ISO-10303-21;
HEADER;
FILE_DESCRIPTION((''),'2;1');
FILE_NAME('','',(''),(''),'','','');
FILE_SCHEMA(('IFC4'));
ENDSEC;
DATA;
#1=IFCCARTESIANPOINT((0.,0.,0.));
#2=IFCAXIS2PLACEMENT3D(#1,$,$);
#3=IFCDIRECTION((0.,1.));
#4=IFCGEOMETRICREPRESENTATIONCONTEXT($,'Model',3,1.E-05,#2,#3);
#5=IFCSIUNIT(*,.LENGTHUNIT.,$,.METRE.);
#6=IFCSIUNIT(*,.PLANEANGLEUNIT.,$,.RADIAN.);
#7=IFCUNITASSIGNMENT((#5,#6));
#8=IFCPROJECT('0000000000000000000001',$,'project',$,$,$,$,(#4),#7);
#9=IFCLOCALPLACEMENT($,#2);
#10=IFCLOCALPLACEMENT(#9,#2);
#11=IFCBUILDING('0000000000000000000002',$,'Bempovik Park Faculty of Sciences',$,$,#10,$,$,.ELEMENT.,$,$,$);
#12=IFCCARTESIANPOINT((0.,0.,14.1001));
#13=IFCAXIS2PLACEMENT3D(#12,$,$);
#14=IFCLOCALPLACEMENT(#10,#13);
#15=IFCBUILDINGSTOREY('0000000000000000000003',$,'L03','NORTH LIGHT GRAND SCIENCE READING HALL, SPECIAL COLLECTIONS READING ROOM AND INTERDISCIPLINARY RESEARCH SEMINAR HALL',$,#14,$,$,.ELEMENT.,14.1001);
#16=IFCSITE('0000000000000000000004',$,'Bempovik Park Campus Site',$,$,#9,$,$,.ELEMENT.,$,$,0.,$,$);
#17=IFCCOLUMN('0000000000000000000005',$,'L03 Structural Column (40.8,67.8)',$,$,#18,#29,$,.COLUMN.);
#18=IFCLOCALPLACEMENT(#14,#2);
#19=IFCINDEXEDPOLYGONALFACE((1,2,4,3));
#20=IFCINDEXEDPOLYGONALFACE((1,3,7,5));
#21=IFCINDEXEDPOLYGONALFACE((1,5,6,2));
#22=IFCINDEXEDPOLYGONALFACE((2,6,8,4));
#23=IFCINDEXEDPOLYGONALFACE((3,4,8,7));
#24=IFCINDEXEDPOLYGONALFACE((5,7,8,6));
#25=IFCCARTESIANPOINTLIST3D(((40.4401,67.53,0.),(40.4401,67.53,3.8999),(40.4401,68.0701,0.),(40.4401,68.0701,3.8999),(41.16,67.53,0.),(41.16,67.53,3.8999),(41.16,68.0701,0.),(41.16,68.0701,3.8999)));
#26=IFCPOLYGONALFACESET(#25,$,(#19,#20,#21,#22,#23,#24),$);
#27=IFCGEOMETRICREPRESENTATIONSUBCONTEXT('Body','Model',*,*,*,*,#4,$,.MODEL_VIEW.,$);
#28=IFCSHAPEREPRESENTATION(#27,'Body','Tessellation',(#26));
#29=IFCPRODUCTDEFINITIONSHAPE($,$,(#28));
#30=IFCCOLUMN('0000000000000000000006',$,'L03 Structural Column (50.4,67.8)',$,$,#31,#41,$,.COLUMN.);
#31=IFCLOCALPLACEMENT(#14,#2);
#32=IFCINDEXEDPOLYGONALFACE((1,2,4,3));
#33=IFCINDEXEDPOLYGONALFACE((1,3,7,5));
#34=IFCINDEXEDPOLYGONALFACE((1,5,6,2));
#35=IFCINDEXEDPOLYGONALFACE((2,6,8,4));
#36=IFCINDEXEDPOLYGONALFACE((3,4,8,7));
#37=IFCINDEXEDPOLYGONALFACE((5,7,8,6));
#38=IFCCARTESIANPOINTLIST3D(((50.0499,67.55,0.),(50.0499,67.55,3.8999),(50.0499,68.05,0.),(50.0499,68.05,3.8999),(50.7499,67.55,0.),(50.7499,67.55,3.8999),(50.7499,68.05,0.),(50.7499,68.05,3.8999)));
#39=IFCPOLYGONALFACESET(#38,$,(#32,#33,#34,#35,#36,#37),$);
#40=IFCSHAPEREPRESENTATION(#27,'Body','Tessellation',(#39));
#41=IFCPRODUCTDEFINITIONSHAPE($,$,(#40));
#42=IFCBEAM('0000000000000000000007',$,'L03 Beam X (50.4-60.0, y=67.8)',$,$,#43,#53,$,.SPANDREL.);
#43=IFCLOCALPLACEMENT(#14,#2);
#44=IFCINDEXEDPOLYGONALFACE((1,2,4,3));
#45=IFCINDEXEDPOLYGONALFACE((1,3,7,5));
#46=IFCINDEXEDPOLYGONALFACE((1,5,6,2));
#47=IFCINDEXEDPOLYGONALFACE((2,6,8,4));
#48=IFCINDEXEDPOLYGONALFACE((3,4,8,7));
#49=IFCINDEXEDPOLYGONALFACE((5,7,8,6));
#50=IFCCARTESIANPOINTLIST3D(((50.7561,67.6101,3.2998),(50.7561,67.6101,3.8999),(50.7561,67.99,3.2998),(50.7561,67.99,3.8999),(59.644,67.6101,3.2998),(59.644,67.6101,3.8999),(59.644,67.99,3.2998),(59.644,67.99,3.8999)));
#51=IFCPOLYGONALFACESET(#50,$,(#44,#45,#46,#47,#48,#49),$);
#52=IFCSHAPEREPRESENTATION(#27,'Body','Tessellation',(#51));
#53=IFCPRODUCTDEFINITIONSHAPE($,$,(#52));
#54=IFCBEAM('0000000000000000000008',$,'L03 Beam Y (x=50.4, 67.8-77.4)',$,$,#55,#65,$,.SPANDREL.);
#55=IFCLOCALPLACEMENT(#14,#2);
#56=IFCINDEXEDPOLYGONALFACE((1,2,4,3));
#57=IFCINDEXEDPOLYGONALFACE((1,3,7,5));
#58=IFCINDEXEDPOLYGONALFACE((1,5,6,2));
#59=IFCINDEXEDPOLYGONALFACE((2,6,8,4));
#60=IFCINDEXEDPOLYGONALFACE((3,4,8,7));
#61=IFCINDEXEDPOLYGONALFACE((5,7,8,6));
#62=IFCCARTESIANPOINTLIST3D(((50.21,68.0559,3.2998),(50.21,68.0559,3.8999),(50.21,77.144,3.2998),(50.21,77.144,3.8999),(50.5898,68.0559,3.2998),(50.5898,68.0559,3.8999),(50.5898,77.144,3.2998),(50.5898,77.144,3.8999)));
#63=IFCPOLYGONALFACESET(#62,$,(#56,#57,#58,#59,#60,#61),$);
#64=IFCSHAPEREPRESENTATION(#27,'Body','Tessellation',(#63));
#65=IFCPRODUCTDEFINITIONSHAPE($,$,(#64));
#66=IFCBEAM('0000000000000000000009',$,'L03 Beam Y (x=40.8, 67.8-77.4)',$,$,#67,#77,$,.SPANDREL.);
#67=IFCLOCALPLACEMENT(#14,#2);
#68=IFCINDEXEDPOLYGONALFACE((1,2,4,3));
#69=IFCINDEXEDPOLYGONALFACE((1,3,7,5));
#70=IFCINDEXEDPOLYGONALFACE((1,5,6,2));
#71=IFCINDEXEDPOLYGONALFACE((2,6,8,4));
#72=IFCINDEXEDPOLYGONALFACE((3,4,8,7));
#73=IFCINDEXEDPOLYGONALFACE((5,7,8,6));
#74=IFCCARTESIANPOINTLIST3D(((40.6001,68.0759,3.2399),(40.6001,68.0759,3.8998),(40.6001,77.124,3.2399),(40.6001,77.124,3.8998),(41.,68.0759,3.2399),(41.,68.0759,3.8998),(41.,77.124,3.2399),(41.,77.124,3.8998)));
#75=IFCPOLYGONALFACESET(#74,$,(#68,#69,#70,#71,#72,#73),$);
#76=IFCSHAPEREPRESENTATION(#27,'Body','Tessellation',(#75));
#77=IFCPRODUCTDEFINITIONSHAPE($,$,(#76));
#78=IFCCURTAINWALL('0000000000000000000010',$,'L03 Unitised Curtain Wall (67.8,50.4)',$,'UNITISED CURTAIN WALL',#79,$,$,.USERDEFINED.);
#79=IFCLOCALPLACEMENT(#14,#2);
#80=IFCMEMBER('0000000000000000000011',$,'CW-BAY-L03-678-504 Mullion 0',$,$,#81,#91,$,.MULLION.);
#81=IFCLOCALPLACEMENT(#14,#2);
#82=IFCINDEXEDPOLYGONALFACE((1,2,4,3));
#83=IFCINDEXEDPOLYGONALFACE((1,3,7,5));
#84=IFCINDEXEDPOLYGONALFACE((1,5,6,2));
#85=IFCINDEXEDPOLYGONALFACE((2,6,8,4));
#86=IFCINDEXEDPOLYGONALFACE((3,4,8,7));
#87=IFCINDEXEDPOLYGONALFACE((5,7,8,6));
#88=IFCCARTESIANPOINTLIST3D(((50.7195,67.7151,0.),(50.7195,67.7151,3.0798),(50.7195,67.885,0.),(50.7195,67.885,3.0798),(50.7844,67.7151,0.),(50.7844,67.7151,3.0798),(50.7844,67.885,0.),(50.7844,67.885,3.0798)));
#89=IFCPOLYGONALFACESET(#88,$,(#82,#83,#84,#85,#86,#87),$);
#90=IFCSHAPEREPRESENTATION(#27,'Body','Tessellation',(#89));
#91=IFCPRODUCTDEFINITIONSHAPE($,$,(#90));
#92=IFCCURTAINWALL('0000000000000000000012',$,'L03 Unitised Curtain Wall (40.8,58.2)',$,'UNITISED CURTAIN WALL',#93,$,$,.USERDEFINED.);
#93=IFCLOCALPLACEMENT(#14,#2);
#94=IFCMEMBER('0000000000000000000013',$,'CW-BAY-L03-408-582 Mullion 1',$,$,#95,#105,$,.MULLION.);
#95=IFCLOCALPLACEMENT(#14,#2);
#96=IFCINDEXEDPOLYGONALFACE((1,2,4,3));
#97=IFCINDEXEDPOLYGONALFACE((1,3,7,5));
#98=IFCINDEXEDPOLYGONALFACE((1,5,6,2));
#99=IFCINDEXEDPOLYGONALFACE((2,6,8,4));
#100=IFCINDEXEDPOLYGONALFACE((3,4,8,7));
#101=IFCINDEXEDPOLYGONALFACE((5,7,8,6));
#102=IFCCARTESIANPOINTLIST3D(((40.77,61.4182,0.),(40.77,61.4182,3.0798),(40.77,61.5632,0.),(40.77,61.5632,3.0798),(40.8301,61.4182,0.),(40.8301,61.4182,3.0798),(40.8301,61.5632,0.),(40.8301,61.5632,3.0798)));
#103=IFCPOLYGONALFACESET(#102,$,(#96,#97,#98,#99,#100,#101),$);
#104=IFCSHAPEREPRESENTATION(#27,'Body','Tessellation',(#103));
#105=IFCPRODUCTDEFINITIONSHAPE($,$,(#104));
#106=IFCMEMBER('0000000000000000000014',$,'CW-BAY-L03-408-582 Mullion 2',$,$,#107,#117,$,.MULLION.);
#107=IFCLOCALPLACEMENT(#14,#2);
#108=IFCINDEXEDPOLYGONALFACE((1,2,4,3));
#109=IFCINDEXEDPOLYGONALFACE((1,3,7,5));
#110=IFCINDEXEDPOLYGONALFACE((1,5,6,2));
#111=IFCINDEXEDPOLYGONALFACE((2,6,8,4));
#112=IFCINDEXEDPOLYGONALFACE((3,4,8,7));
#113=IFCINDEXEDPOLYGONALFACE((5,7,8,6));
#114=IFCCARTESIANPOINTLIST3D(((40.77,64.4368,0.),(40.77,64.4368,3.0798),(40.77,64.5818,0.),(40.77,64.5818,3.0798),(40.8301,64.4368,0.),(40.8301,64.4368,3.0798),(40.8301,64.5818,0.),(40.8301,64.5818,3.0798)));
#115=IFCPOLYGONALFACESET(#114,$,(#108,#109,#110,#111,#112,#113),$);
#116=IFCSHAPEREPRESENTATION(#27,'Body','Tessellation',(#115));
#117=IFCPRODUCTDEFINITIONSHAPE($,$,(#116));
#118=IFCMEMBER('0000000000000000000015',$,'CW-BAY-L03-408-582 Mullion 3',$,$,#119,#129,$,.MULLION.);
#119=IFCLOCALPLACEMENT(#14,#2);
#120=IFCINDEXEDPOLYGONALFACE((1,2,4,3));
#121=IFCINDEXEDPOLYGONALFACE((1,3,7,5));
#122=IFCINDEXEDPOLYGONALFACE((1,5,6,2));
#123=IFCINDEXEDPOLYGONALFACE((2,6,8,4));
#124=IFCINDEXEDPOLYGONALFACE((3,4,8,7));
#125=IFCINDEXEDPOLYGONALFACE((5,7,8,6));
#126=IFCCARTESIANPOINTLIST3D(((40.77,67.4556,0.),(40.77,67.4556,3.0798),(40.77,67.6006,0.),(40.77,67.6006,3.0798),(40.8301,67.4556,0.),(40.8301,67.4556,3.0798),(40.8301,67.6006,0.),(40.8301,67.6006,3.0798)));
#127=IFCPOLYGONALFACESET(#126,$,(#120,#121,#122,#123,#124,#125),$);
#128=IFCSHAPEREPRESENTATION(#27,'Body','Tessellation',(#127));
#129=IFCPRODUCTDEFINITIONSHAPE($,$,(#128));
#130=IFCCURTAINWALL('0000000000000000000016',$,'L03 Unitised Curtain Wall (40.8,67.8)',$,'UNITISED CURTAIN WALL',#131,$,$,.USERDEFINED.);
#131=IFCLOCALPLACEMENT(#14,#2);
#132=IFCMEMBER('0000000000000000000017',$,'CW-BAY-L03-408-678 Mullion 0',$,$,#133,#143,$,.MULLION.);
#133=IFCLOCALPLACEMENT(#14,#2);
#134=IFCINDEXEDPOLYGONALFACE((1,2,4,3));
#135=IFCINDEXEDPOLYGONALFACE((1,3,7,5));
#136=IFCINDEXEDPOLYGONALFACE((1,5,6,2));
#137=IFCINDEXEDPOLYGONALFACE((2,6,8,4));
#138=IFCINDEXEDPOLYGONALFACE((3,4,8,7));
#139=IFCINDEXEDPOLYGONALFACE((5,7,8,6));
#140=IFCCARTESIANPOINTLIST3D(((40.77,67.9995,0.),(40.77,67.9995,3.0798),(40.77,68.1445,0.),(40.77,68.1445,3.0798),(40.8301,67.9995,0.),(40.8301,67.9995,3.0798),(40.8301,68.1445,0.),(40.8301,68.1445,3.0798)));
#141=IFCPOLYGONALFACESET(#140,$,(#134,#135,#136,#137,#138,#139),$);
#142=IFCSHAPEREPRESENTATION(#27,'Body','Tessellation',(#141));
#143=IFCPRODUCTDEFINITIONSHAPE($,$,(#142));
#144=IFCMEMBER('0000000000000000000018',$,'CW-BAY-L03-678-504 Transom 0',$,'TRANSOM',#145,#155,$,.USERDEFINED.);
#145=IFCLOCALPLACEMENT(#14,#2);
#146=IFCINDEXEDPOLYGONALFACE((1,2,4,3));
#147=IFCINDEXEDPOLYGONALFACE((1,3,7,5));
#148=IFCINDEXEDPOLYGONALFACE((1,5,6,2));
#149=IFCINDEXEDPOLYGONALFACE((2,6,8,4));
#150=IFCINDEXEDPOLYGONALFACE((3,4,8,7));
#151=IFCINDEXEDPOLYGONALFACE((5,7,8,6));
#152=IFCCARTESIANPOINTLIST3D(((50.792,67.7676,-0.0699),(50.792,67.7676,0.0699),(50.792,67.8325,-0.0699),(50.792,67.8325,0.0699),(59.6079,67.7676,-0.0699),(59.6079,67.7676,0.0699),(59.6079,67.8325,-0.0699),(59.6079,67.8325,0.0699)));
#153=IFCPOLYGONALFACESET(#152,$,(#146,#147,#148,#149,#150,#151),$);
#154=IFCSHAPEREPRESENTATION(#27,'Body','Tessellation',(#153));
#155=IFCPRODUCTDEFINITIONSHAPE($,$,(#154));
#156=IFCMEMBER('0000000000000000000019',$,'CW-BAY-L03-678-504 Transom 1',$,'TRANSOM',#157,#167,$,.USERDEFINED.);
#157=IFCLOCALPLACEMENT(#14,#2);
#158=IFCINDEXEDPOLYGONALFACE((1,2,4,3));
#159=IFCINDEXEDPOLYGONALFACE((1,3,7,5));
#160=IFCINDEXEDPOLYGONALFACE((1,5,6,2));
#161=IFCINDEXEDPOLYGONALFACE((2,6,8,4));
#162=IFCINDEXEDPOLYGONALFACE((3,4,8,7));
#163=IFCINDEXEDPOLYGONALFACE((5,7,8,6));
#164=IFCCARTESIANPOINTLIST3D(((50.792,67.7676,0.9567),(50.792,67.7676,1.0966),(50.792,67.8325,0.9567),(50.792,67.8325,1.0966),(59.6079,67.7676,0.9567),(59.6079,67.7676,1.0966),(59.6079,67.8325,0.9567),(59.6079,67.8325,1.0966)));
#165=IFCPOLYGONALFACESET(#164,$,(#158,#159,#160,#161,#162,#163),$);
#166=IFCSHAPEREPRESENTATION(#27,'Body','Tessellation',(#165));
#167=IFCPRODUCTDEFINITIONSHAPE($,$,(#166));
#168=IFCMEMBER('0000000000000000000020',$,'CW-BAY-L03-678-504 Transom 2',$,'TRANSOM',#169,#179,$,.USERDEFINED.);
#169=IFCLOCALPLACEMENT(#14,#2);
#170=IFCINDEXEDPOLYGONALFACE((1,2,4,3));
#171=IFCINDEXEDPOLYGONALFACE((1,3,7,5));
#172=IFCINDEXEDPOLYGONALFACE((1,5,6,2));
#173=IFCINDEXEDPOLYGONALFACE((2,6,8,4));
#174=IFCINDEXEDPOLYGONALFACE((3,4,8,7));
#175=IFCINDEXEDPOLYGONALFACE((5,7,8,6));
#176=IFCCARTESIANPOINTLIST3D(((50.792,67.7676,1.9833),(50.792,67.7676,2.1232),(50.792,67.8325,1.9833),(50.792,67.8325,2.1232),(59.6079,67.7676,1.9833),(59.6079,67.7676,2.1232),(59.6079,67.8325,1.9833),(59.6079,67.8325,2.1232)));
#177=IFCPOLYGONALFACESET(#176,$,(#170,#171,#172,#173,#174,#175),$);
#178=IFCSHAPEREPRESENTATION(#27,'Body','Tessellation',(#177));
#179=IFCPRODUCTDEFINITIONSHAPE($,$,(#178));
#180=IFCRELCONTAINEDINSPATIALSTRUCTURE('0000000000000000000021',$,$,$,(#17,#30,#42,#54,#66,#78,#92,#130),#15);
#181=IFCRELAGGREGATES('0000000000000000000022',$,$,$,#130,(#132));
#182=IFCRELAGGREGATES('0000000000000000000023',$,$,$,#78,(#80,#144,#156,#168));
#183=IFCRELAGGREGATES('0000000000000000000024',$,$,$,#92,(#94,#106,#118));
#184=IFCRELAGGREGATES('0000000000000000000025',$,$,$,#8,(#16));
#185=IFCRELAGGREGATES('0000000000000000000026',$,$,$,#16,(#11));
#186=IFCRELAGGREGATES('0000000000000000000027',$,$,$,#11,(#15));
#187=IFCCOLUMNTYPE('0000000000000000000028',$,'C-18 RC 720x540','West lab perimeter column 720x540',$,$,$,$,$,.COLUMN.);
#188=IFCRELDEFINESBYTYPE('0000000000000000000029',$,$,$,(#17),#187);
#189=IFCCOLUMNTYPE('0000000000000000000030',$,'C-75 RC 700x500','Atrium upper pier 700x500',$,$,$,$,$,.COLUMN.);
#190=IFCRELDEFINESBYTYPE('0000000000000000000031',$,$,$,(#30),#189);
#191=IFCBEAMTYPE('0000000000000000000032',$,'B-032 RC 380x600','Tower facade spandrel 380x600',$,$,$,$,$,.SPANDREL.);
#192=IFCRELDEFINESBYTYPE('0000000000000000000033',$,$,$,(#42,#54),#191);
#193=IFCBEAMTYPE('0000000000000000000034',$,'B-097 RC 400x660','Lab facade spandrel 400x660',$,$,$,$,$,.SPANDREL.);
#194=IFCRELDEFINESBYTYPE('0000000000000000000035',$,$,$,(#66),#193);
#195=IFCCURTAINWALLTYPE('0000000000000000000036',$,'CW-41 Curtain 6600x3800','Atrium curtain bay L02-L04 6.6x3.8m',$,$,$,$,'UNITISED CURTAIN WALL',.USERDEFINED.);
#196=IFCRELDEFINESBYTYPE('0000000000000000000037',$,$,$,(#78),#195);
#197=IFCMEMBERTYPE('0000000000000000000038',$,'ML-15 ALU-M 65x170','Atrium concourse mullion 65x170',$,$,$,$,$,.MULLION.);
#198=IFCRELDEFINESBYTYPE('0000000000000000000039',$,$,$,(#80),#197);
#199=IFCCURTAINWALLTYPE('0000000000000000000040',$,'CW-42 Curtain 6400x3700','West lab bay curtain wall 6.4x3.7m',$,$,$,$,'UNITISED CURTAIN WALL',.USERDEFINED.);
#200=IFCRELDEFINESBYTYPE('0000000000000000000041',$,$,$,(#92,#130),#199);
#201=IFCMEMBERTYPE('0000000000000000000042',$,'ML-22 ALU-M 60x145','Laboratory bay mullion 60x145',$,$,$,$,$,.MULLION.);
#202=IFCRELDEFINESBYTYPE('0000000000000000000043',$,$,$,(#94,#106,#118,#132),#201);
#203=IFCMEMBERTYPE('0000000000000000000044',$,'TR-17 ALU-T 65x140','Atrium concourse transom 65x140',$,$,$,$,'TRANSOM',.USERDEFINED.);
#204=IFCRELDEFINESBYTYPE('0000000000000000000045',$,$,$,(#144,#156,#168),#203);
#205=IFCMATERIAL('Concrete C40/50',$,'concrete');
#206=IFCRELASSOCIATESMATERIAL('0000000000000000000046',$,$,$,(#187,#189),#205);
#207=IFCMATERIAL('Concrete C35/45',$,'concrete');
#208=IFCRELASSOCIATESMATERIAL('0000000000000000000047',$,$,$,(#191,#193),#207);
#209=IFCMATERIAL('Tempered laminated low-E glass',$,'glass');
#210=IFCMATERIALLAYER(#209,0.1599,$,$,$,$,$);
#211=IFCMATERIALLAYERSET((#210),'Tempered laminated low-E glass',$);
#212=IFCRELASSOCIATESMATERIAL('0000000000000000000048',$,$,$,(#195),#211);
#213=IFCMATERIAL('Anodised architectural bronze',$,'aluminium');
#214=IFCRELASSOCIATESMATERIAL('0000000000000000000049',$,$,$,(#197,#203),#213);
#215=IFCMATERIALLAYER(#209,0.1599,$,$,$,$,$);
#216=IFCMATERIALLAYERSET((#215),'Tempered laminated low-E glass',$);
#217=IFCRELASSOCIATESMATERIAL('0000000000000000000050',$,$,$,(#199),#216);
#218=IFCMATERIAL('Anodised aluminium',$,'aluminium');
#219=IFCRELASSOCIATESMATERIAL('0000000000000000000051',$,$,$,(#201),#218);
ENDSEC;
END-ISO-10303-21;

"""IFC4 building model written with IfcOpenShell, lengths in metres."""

from ifc_helpers import new_model, si_unit, direction, frame, origin, origin_2d, place, context, subcontext, project, spatial, rectangle, extrude, material, layer, layer_set, material_profile, profile_set, type_object, element, aggregate, save


model = new_model("IFC4")

# Units and contexts
model_context = context("Model", 3, precision=1e-05, world=origin(), true_north=direction((0.0, 1.0)))
body_context = subcontext(model_context, "Body", "Model", "MODEL_VIEW")
ifc_project = project(units=[si_unit("LENGTHUNIT", "METRE"), si_unit("PLANEANGLEUNIT", "RADIAN")], contexts=[model_context])

# Site, building, storey
site_placement = place(None, origin())
site = spatial("IfcSite", under=ifc_project, at=site_placement, Name="Bempovik Park Campus Site", CompositionType="ELEMENT", RefElevation=0.0)
building_placement = place(site_placement, origin())
building = spatial("IfcBuilding", under=site, at=building_placement, Name="Bempovik Park Faculty of Sciences", CompositionType="ELEMENT")
storey_placement = place(building_placement, frame((0.0, 0.0, 14.1001)))
storey = spatial("IfcBuildingStorey", under=building, at=storey_placement, Name="L03", Description="NORTH LIGHT GRAND SCIENCE READING HALL, SPECIAL COLLECTIONS READING ROOM AND INTERDISCIPLINARY RESEARCH SEMINAR HALL", CompositionType="ELEMENT", Elevation=14.1001)

# Columns
ifc_material_1 = material(Name="Concrete C40/50", Category="concrete")
ifc_material_profile_1 = material_profile(ifc_material_1, rectangle(XDim=0.72, YDim=0.54, at=origin_2d()), Name="RC 720x540")
ifc_profile_set_1 = profile_set([ifc_material_profile_1], Name="Concrete C40/50")
column_type_1 = type_object("IfcColumnType", Name="C-18 RC 720x540", Description="West lab perimeter column 720x540", PredefinedType="COLUMN", material=ifc_profile_set_1)
column_1_placement = place(storey_placement, frame((40.8, 67.8, 0.0), z_axis=(0.0, 0.0, 1.0), x_axis=(1.0, 0.0, 0.0)))
element("IfcColumn", 1, at=column_1_placement, inside=storey, type_object=column_type_1, Name="L03 Structural Column (40.8,67.8)", PredefinedType="COLUMN", context=body_context, shape_type="SweptSolid", body=[
    extrude(rectangle(XDim=0.72, YDim=0.54, at=origin_2d()), origin(), (0.0, 0.0, 1.0), 3.8999),
])
ifc_material_profile_2 = material_profile(ifc_material_1, rectangle(XDim=0.7, YDim=0.5, at=origin_2d()), Name="RC 700x500")
ifc_profile_set_2 = profile_set([ifc_material_profile_2], Name="Concrete C40/50")
column_type_2 = type_object("IfcColumnType", Name="C-75 RC 700x500", Description="Atrium upper pier 700x500", PredefinedType="COLUMN", material=ifc_profile_set_2)
column_2_placement = place(storey_placement, frame((50.3999, 67.8, 0.0), z_axis=(0.0, 0.0, 1.0), x_axis=(1.0, 0.0, 0.0)))
element("IfcColumn", 2, at=column_2_placement, inside=storey, type_object=column_type_2, Name="L03 Structural Column (50.4,67.8)", PredefinedType="COLUMN", context=body_context, shape_type="SweptSolid", body=[
    extrude(rectangle(XDim=0.7, YDim=0.5, at=origin_2d()), origin(), (0.0, 0.0, 1.0), 3.8999),
])

# Beams
ifc_material_2 = material(Name="Concrete C35/45", Category="concrete")
ifc_material_profile_3 = material_profile(ifc_material_2, rectangle(XDim=0.3799, YDim=0.6001, at=origin_2d()), Name="RC 380x600")
ifc_profile_set_3 = profile_set([ifc_material_profile_3], Name="Concrete C35/45")
beam_type_1 = type_object("IfcBeamType", Name="B-032 RC 380x600", Description="Tower facade spandrel 380x600", PredefinedType="SPANDREL", material=ifc_profile_set_3)
beam_1_placement = place(storey_placement, frame((50.7561, 67.8, 3.5999), z_axis=(1.0, 0.0, 0.0), x_axis=(0.0, 1.0, 0.0)))
element("IfcBeam", 3, at=beam_1_placement, inside=storey, type_object=beam_type_1, Name="L03 Beam X (50.4-60.0, y=67.8)", PredefinedType="SPANDREL", context=body_context, shape_type="SweptSolid", body=[
    extrude(rectangle(XDim=0.3799, YDim=0.6001, at=origin_2d()), origin(), (0.0, 0.0, 1.0), 8.8879),
])
beam_2_placement = place(storey_placement, frame((50.3999, 68.0559, 3.5999), z_axis=(0.0, 1.0, 0.0), x_axis=(-1.0, 0.0, 0.0)))
element("IfcBeam", 4, at=beam_2_placement, inside=storey, type_object=beam_type_1, Name="L03 Beam Y (x=50.4, 67.8-77.4)", PredefinedType="SPANDREL", context=body_context, shape_type="SweptSolid", body=[
    extrude(rectangle(XDim=0.3799, YDim=0.6001, at=origin_2d()), origin(), (0.0, 0.0, 1.0), 9.0881),
])
ifc_material_profile_4 = material_profile(ifc_material_2, rectangle(XDim=0.3999, YDim=0.6599, at=origin_2d()), Name="RC 400x660")
ifc_profile_set_4 = profile_set([ifc_material_profile_4], Name="Concrete C35/45")
beam_type_2 = type_object("IfcBeamType", Name="B-097 RC 400x660", Description="Lab facade spandrel 400x660", PredefinedType="SPANDREL", material=ifc_profile_set_4)
beam_3_placement = place(storey_placement, frame((40.8, 68.0759, 3.5698), z_axis=(0.0, 1.0, 0.0), x_axis=(-1.0, 0.0, 0.0)))
element("IfcBeam", 5, at=beam_3_placement, inside=storey, type_object=beam_type_2, Name="L03 Beam Y (x=40.8, 67.8-77.4)", PredefinedType="SPANDREL", context=body_context, shape_type="SweptSolid", body=[
    extrude(rectangle(XDim=0.3999, YDim=0.6599, at=origin_2d()), origin(), (0.0, 0.0, 1.0), 9.0481),
])

# Curtain wall, member
ifc_material_3 = material(Name="Tempered laminated low-E glass", Category="glass")
ifc_layer_1 = layer(ifc_material_3, 0.1599)
ifc_layer_set_1 = layer_set([ifc_layer_1], Name="Tempered laminated low-E glass")
curtain_wall_type_1 = type_object("IfcCurtainWallType", Name="CW-41 Curtain 6600x3800", Description="Atrium curtain bay L02-L04 6.6x3.8m", ElementType="UNITISED CURTAIN WALL", PredefinedType="USERDEFINED", material=ifc_layer_set_1)
curtain_wall_1_placement = place(storey_placement, origin())
curtain_wall_1 = element("IfcCurtainWall", 6, at=curtain_wall_1_placement, inside=storey, type_object=curtain_wall_type_1, Name="L03 Unitised Curtain Wall (67.8,50.4)", ObjectType="UNITISED CURTAIN WALL", PredefinedType="USERDEFINED")
ifc_material_4 = material(Name="Anodised architectural bronze", Category="aluminium")
ifc_material_profile_5 = material_profile(ifc_material_4, rectangle(XDim=0.0649, YDim=0.1699, at=origin_2d()), Name="ALU-M 65x170")
ifc_profile_set_5 = profile_set([ifc_material_profile_5], Name="Anodised architectural bronze")
member_type_1 = type_object("IfcMemberType", Name="ML-15 ALU-M 65x170", Description="Atrium concourse mullion 65x170", PredefinedType="MULLION", material=ifc_profile_set_5)
member_1_placement = place(storey_placement, frame((50.752, 67.8, 0.0), z_axis=(0.0, 0.0, 1.0), x_axis=(1.0, 0.0, 0.0)))
member_1 = element("IfcMember", 7, at=member_1_placement, type_object=member_type_1, Name="CW-BAY-L03-678-504 Mullion 0", PredefinedType="MULLION", context=body_context, shape_type="SweptSolid", body=[
    extrude(rectangle(XDim=0.0649, YDim=0.1699, at=origin_2d()), origin(), (0.0, 0.0, 1.0), 3.0798),
])

# Curtain wall, members
ifc_layer_2 = layer(ifc_material_3, 0.1599)
ifc_layer_set_2 = layer_set([ifc_layer_2], Name="Tempered laminated low-E glass")
curtain_wall_type_2 = type_object("IfcCurtainWallType", Name="CW-42 Curtain 6400x3700", Description="West lab bay curtain wall 6.4x3.7m", ElementType="UNITISED CURTAIN WALL", PredefinedType="USERDEFINED", material=ifc_layer_set_2)
curtain_wall_2_placement = place(storey_placement, origin())
curtain_wall_2 = element("IfcCurtainWall", 8, at=curtain_wall_2_placement, inside=storey, type_object=curtain_wall_type_2, Name="L03 Unitised Curtain Wall (40.8,58.2)", ObjectType="UNITISED CURTAIN WALL", PredefinedType="USERDEFINED")
ifc_material_5 = material(Name="Anodised aluminium", Category="aluminium")
ifc_material_profile_6 = material_profile(ifc_material_5, rectangle(XDim=0.0601, YDim=0.145, at=origin_2d()), Name="ALU-M 60x145")
ifc_profile_set_6 = profile_set([ifc_material_profile_6], Name="Anodised aluminium")
member_type_2 = type_object("IfcMemberType", Name="ML-22 ALU-M 60x145", Description="Laboratory bay mullion 60x145", PredefinedType="MULLION", material=ifc_profile_set_6)
member_2_placement = place(storey_placement, frame((40.8, 61.4907, 0.0), z_axis=(0.0, 0.0, 1.0), x_axis=(1.0, 0.0, 0.0)))
member_2 = element("IfcMember", 9, at=member_2_placement, type_object=member_type_2, Name="CW-BAY-L03-408-582 Mullion 1", PredefinedType="MULLION", context=body_context, shape_type="SweptSolid", body=[
    extrude(rectangle(XDim=0.0601, YDim=0.145, at=origin_2d()), origin(), (0.0, 0.0, 1.0), 3.0798),
])
member_3_placement = place(storey_placement, frame((40.8, 64.5093, 0.0), z_axis=(0.0, 0.0, 1.0), x_axis=(1.0, 0.0, 0.0)))
member_3 = element("IfcMember", 10, at=member_3_placement, type_object=member_type_2, Name="CW-BAY-L03-408-582 Mullion 2", PredefinedType="MULLION", context=body_context, shape_type="SweptSolid", body=[
    extrude(rectangle(XDim=0.0601, YDim=0.145, at=origin_2d()), origin(), (0.0, 0.0, 1.0), 3.0798),
])
member_4_placement = place(storey_placement, frame((40.8, 67.5281, 0.0), z_axis=(0.0, 0.0, 1.0), x_axis=(1.0, 0.0, 0.0)))
member_4 = element("IfcMember", 11, at=member_4_placement, type_object=member_type_2, Name="CW-BAY-L03-408-582 Mullion 3", PredefinedType="MULLION", context=body_context, shape_type="SweptSolid", body=[
    extrude(rectangle(XDim=0.0601, YDim=0.145, at=origin_2d()), origin(), (0.0, 0.0, 1.0), 3.0798),
])

# Curtain wall, member
curtain_wall_3_placement = place(storey_placement, origin())
curtain_wall_3 = element("IfcCurtainWall", 12, at=curtain_wall_3_placement, inside=storey, type_object=curtain_wall_type_2, Name="L03 Unitised Curtain Wall (40.8,67.8)", ObjectType="UNITISED CURTAIN WALL", PredefinedType="USERDEFINED")
member_5_placement = place(storey_placement, frame((40.8, 68.072, 0.0), z_axis=(0.0, 0.0, 1.0), x_axis=(1.0, 0.0, 0.0)))
member_5 = element("IfcMember", 13, at=member_5_placement, type_object=member_type_2, Name="CW-BAY-L03-408-678 Mullion 0", PredefinedType="MULLION", context=body_context, shape_type="SweptSolid", body=[
    extrude(rectangle(XDim=0.0601, YDim=0.145, at=origin_2d()), origin(), (0.0, 0.0, 1.0), 3.0798),
])

# Members
ifc_material_profile_7 = material_profile(ifc_material_4, rectangle(XDim=0.0649, YDim=0.1399, at=origin_2d()), Name="ALU-T 65x140")
ifc_profile_set_7 = profile_set([ifc_material_profile_7], Name="Anodised architectural bronze")
member_type_3 = type_object("IfcMemberType", Name="TR-17 ALU-T 65x140", Description="Atrium concourse transom 65x140", ElementType="TRANSOM", PredefinedType="USERDEFINED", material=ifc_profile_set_7)
member_6_placement = place(storey_placement, frame((50.792, 67.8, 0.0), z_axis=(1.0, 0.0, 0.0), x_axis=(0.0, 1.0, 0.0)))
member_6 = element("IfcMember", 14, at=member_6_placement, type_object=member_type_3, Name="CW-BAY-L03-678-504 Transom 0", ObjectType="TRANSOM", PredefinedType="USERDEFINED", context=body_context, shape_type="SweptSolid", body=[
    extrude(rectangle(XDim=0.0649, YDim=0.1399, at=origin_2d()), origin(), (0.0, 0.0, 1.0), 8.8159),
])
member_7_placement = place(storey_placement, frame((50.792, 67.8, 1.0266), z_axis=(1.0, 0.0, 0.0), x_axis=(0.0, 1.0, 0.0)))
member_7 = element("IfcMember", 15, at=member_7_placement, type_object=member_type_3, Name="CW-BAY-L03-678-504 Transom 1", ObjectType="TRANSOM", PredefinedType="USERDEFINED", context=body_context, shape_type="SweptSolid", body=[
    extrude(rectangle(XDim=0.0649, YDim=0.1399, at=origin_2d()), origin(), (0.0, 0.0, 1.0), 8.8159),
])
member_8_placement = place(storey_placement, frame((50.792, 67.8, 2.0532), z_axis=(1.0, 0.0, 0.0), x_axis=(0.0, 1.0, 0.0)))
member_8 = element("IfcMember", 16, at=member_8_placement, type_object=member_type_3, Name="CW-BAY-L03-678-504 Transom 2", ObjectType="TRANSOM", PredefinedType="USERDEFINED", context=body_context, shape_type="SweptSolid", body=[
    extrude(rectangle(XDim=0.0649, YDim=0.1399, at=origin_2d()), origin(), (0.0, 0.0, 1.0), 8.8159),
])
aggregate(curtain_wall_3, [member_5])

aggregate(curtain_wall_1, [member_1, member_6, member_7, member_8])
aggregate(curtain_wall_2, [member_2, member_3, member_4])

save(model, "model.ifc")
